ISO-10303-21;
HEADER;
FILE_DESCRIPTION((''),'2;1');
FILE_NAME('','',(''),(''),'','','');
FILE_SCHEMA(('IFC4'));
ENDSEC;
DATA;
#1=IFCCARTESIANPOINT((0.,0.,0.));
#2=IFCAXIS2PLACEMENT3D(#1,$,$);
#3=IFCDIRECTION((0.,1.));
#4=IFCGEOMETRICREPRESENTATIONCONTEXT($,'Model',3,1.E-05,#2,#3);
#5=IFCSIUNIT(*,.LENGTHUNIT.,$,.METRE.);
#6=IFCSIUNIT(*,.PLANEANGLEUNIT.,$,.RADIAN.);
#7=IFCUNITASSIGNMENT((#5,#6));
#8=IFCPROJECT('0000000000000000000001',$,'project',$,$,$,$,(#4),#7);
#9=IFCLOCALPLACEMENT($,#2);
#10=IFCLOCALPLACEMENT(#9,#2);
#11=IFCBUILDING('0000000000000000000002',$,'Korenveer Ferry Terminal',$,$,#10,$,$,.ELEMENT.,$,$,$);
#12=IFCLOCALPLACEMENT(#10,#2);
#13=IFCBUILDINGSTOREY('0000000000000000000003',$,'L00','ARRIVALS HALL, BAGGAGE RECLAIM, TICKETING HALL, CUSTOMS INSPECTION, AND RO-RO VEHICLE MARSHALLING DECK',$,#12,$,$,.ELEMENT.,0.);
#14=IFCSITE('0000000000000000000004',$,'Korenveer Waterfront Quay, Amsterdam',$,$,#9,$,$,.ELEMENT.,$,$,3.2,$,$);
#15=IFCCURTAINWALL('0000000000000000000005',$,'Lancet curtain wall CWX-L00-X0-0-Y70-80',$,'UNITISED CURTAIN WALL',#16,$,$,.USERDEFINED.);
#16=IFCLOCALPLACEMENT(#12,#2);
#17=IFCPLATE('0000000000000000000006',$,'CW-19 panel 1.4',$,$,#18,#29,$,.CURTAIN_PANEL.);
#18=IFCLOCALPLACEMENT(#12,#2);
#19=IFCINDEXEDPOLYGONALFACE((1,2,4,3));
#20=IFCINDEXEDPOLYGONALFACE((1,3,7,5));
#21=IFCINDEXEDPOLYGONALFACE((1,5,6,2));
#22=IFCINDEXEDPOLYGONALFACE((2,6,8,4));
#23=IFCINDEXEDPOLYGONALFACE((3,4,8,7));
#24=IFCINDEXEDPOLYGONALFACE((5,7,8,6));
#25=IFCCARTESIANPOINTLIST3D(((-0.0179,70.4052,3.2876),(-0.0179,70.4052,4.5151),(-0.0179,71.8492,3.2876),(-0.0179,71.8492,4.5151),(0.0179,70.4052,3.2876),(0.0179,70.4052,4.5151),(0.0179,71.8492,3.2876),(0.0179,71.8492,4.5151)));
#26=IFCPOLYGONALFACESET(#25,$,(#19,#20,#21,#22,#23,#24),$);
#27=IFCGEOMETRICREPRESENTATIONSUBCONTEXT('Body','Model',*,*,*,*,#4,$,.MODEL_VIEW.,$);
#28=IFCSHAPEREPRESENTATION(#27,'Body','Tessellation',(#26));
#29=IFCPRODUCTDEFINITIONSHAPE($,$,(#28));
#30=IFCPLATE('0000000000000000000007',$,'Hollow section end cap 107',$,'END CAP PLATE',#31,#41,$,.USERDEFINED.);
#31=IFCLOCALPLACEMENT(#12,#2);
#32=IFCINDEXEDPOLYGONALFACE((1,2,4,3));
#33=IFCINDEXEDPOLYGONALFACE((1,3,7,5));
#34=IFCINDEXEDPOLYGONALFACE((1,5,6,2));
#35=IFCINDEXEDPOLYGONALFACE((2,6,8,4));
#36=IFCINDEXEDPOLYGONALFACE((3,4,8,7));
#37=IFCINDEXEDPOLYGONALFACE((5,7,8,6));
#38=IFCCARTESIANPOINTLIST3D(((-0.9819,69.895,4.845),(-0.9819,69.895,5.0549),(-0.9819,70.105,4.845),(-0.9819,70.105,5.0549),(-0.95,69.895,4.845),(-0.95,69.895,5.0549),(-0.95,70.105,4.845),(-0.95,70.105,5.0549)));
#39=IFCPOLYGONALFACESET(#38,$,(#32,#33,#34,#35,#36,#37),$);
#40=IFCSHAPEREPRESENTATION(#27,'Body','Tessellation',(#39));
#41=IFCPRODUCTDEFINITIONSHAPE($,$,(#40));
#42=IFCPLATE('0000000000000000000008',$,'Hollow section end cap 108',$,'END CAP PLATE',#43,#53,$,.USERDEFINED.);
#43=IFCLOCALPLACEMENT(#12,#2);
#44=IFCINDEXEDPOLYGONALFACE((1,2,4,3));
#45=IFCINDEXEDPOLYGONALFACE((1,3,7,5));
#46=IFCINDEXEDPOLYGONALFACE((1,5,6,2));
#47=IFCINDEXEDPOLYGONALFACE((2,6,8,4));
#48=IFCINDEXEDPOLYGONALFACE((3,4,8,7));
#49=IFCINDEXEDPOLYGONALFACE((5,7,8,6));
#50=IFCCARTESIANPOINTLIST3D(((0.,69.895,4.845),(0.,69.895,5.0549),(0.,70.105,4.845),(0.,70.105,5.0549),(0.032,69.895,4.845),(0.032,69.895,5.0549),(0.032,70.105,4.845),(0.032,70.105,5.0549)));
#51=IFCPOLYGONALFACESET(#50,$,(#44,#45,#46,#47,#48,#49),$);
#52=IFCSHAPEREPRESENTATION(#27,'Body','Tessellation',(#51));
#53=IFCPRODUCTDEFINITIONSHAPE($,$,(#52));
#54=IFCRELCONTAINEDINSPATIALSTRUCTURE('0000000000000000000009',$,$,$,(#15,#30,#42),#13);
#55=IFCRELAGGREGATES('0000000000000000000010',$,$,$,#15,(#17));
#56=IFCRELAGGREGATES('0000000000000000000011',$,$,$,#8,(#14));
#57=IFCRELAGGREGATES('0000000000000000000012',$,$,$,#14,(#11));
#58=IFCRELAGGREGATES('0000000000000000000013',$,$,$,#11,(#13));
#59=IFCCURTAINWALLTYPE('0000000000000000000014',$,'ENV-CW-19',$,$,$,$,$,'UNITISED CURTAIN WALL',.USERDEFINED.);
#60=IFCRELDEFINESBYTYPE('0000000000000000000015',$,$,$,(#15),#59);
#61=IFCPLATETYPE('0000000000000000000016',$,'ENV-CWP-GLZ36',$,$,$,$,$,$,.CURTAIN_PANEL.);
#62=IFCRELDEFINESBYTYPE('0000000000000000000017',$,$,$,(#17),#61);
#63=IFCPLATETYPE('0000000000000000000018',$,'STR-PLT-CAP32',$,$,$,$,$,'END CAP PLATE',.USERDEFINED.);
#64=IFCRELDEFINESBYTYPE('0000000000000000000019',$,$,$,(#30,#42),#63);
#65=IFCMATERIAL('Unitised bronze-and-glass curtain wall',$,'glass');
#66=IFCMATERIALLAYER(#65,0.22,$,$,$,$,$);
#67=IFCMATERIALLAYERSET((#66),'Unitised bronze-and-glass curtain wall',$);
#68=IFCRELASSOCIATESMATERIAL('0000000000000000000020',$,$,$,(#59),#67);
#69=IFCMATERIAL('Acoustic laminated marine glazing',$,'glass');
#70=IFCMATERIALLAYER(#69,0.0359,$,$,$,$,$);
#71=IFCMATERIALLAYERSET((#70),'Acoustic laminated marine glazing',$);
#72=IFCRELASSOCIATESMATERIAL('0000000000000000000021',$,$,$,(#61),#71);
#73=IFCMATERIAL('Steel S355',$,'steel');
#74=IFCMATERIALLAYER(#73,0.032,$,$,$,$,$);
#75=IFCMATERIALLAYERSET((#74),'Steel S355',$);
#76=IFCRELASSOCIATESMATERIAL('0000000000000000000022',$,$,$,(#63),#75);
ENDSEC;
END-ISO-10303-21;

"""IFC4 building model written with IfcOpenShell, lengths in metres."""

from ifc_helpers import new_model, si_unit, direction, frame, origin, origin_2d, place, context, subcontext, project, spatial, rectangle, extrude, material, layer, layer_set, type_object, element, aggregate, save


model = new_model("IFC4")

# Units and contexts
model_context = context("Model", 3, precision=1e-05, world=origin(), true_north=direction((0.0, 1.0)))
body_context = subcontext(model_context, "Body", "Model", "MODEL_VIEW")
ifc_project = project(units=[si_unit("LENGTHUNIT", "METRE"), si_unit("PLANEANGLEUNIT", "RADIAN")], contexts=[model_context])

# Site, building, storey
site_placement = place(None, origin())
site = spatial("IfcSite", under=ifc_project, at=site_placement, Name="Korenveer Waterfront Quay, Amsterdam", CompositionType="ELEMENT", RefElevation=3.2)
building_placement = place(site_placement, origin())
building = spatial("IfcBuilding", under=site, at=building_placement, Name="Korenveer Ferry Terminal", CompositionType="ELEMENT")
storey_placement = place(building_placement, origin())
storey = spatial("IfcBuildingStorey", under=building, at=storey_placement, Name="L00", Description="ARRIVALS HALL, BAGGAGE RECLAIM, TICKETING HALL, CUSTOMS INSPECTION, AND RO-RO VEHICLE MARSHALLING DECK", CompositionType="ELEMENT", Elevation=0.0)

# Curtain wall
ifc_material_1 = material(Name="Unitised bronze-and-glass curtain wall", Category="glass")
ifc_layer_1 = layer(ifc_material_1, 0.22)
ifc_layer_set_1 = layer_set([ifc_layer_1], Name="Unitised bronze-and-glass curtain wall")
curtain_wall_type = type_object("IfcCurtainWallType", Name="ENV-CW-19", ElementType="UNITISED CURTAIN WALL", PredefinedType="USERDEFINED", material=ifc_layer_set_1)
curtain_wall_placement = place(storey_placement, frame((0.0, 70.3301, 0.0)))
curtain_wall = element("IfcCurtainWall", 1, at=curtain_wall_placement, inside=storey, type_object=curtain_wall_type, Name="Lancet curtain wall CWX-L00-X0-0-Y70-80", ObjectType="UNITISED CURTAIN WALL", PredefinedType="USERDEFINED")

# Shared definitions
ifc_material_2 = material(Name="Steel S355", Category="steel")

# Plate
ifc_material_3 = material(Name="Acoustic laminated marine glazing", Category="glass")
ifc_layer_2 = layer(ifc_material_3, 0.0359)
ifc_layer_set_2 = layer_set([ifc_layer_2], Name="Acoustic laminated marine glazing")
plate_type_1 = type_object("IfcPlateType", Name="ENV-CWP-GLZ36", PredefinedType="CURTAIN_PANEL", material=ifc_layer_set_2)
plate_1_placement = place(storey_placement, frame((0.0, 71.1272, 3.2876), z_axis=(0.0, 0.0, 1.0), x_axis=(0.0, 1.0, 0.0)))
plate_1 = element("IfcPlate", 2, at=plate_1_placement, type_object=plate_type_1, Name="CW-19 panel 1.4", PredefinedType="CURTAIN_PANEL", context=body_context, shape_type="SweptSolid", body=[
    extrude(rectangle(XDim=1.4441, YDim=0.0359, at=origin_2d()), origin(), (0.0, 0.0, 1.0), 1.2275),
])
aggregate(curtain_wall, [plate_1])

# Plates
ifc_layer_3 = layer(ifc_material_2, 0.032)
ifc_layer_set_3 = layer_set([ifc_layer_3], Name="Steel S355")
plate_type_2 = type_object("IfcPlateType", Name="STR-PLT-CAP32", ElementType="END CAP PLATE", PredefinedType="USERDEFINED", material=ifc_layer_set_3)
for number, where, z_axis, x_axis, name in (
    (3, (-0.9819, 70.0, 4.95), (1.0, 0.0, 0.0), (0.0, 1.0, 0.0), "Hollow section end cap 107"),
    (4, (0.0, 70.0, 4.95), (1.0, 0.0, 0.0), (0.0, 1.0, 0.0), "Hollow section end cap 108"),
):
    element("IfcPlate", number, at=place(storey_placement, frame(where, z_axis=z_axis, x_axis=x_axis)), inside=storey, type_object=plate_type_2, Name=name, ObjectType="END CAP PLATE", PredefinedType="USERDEFINED", context=body_context, shape_type="SweptSolid", body=[
        extrude(rectangle(XDim=0.21, YDim=0.21, at=origin_2d()), origin(), (0.0, 0.0, 1.0), 0.032),
    ])

save(model, "model.ifc")
